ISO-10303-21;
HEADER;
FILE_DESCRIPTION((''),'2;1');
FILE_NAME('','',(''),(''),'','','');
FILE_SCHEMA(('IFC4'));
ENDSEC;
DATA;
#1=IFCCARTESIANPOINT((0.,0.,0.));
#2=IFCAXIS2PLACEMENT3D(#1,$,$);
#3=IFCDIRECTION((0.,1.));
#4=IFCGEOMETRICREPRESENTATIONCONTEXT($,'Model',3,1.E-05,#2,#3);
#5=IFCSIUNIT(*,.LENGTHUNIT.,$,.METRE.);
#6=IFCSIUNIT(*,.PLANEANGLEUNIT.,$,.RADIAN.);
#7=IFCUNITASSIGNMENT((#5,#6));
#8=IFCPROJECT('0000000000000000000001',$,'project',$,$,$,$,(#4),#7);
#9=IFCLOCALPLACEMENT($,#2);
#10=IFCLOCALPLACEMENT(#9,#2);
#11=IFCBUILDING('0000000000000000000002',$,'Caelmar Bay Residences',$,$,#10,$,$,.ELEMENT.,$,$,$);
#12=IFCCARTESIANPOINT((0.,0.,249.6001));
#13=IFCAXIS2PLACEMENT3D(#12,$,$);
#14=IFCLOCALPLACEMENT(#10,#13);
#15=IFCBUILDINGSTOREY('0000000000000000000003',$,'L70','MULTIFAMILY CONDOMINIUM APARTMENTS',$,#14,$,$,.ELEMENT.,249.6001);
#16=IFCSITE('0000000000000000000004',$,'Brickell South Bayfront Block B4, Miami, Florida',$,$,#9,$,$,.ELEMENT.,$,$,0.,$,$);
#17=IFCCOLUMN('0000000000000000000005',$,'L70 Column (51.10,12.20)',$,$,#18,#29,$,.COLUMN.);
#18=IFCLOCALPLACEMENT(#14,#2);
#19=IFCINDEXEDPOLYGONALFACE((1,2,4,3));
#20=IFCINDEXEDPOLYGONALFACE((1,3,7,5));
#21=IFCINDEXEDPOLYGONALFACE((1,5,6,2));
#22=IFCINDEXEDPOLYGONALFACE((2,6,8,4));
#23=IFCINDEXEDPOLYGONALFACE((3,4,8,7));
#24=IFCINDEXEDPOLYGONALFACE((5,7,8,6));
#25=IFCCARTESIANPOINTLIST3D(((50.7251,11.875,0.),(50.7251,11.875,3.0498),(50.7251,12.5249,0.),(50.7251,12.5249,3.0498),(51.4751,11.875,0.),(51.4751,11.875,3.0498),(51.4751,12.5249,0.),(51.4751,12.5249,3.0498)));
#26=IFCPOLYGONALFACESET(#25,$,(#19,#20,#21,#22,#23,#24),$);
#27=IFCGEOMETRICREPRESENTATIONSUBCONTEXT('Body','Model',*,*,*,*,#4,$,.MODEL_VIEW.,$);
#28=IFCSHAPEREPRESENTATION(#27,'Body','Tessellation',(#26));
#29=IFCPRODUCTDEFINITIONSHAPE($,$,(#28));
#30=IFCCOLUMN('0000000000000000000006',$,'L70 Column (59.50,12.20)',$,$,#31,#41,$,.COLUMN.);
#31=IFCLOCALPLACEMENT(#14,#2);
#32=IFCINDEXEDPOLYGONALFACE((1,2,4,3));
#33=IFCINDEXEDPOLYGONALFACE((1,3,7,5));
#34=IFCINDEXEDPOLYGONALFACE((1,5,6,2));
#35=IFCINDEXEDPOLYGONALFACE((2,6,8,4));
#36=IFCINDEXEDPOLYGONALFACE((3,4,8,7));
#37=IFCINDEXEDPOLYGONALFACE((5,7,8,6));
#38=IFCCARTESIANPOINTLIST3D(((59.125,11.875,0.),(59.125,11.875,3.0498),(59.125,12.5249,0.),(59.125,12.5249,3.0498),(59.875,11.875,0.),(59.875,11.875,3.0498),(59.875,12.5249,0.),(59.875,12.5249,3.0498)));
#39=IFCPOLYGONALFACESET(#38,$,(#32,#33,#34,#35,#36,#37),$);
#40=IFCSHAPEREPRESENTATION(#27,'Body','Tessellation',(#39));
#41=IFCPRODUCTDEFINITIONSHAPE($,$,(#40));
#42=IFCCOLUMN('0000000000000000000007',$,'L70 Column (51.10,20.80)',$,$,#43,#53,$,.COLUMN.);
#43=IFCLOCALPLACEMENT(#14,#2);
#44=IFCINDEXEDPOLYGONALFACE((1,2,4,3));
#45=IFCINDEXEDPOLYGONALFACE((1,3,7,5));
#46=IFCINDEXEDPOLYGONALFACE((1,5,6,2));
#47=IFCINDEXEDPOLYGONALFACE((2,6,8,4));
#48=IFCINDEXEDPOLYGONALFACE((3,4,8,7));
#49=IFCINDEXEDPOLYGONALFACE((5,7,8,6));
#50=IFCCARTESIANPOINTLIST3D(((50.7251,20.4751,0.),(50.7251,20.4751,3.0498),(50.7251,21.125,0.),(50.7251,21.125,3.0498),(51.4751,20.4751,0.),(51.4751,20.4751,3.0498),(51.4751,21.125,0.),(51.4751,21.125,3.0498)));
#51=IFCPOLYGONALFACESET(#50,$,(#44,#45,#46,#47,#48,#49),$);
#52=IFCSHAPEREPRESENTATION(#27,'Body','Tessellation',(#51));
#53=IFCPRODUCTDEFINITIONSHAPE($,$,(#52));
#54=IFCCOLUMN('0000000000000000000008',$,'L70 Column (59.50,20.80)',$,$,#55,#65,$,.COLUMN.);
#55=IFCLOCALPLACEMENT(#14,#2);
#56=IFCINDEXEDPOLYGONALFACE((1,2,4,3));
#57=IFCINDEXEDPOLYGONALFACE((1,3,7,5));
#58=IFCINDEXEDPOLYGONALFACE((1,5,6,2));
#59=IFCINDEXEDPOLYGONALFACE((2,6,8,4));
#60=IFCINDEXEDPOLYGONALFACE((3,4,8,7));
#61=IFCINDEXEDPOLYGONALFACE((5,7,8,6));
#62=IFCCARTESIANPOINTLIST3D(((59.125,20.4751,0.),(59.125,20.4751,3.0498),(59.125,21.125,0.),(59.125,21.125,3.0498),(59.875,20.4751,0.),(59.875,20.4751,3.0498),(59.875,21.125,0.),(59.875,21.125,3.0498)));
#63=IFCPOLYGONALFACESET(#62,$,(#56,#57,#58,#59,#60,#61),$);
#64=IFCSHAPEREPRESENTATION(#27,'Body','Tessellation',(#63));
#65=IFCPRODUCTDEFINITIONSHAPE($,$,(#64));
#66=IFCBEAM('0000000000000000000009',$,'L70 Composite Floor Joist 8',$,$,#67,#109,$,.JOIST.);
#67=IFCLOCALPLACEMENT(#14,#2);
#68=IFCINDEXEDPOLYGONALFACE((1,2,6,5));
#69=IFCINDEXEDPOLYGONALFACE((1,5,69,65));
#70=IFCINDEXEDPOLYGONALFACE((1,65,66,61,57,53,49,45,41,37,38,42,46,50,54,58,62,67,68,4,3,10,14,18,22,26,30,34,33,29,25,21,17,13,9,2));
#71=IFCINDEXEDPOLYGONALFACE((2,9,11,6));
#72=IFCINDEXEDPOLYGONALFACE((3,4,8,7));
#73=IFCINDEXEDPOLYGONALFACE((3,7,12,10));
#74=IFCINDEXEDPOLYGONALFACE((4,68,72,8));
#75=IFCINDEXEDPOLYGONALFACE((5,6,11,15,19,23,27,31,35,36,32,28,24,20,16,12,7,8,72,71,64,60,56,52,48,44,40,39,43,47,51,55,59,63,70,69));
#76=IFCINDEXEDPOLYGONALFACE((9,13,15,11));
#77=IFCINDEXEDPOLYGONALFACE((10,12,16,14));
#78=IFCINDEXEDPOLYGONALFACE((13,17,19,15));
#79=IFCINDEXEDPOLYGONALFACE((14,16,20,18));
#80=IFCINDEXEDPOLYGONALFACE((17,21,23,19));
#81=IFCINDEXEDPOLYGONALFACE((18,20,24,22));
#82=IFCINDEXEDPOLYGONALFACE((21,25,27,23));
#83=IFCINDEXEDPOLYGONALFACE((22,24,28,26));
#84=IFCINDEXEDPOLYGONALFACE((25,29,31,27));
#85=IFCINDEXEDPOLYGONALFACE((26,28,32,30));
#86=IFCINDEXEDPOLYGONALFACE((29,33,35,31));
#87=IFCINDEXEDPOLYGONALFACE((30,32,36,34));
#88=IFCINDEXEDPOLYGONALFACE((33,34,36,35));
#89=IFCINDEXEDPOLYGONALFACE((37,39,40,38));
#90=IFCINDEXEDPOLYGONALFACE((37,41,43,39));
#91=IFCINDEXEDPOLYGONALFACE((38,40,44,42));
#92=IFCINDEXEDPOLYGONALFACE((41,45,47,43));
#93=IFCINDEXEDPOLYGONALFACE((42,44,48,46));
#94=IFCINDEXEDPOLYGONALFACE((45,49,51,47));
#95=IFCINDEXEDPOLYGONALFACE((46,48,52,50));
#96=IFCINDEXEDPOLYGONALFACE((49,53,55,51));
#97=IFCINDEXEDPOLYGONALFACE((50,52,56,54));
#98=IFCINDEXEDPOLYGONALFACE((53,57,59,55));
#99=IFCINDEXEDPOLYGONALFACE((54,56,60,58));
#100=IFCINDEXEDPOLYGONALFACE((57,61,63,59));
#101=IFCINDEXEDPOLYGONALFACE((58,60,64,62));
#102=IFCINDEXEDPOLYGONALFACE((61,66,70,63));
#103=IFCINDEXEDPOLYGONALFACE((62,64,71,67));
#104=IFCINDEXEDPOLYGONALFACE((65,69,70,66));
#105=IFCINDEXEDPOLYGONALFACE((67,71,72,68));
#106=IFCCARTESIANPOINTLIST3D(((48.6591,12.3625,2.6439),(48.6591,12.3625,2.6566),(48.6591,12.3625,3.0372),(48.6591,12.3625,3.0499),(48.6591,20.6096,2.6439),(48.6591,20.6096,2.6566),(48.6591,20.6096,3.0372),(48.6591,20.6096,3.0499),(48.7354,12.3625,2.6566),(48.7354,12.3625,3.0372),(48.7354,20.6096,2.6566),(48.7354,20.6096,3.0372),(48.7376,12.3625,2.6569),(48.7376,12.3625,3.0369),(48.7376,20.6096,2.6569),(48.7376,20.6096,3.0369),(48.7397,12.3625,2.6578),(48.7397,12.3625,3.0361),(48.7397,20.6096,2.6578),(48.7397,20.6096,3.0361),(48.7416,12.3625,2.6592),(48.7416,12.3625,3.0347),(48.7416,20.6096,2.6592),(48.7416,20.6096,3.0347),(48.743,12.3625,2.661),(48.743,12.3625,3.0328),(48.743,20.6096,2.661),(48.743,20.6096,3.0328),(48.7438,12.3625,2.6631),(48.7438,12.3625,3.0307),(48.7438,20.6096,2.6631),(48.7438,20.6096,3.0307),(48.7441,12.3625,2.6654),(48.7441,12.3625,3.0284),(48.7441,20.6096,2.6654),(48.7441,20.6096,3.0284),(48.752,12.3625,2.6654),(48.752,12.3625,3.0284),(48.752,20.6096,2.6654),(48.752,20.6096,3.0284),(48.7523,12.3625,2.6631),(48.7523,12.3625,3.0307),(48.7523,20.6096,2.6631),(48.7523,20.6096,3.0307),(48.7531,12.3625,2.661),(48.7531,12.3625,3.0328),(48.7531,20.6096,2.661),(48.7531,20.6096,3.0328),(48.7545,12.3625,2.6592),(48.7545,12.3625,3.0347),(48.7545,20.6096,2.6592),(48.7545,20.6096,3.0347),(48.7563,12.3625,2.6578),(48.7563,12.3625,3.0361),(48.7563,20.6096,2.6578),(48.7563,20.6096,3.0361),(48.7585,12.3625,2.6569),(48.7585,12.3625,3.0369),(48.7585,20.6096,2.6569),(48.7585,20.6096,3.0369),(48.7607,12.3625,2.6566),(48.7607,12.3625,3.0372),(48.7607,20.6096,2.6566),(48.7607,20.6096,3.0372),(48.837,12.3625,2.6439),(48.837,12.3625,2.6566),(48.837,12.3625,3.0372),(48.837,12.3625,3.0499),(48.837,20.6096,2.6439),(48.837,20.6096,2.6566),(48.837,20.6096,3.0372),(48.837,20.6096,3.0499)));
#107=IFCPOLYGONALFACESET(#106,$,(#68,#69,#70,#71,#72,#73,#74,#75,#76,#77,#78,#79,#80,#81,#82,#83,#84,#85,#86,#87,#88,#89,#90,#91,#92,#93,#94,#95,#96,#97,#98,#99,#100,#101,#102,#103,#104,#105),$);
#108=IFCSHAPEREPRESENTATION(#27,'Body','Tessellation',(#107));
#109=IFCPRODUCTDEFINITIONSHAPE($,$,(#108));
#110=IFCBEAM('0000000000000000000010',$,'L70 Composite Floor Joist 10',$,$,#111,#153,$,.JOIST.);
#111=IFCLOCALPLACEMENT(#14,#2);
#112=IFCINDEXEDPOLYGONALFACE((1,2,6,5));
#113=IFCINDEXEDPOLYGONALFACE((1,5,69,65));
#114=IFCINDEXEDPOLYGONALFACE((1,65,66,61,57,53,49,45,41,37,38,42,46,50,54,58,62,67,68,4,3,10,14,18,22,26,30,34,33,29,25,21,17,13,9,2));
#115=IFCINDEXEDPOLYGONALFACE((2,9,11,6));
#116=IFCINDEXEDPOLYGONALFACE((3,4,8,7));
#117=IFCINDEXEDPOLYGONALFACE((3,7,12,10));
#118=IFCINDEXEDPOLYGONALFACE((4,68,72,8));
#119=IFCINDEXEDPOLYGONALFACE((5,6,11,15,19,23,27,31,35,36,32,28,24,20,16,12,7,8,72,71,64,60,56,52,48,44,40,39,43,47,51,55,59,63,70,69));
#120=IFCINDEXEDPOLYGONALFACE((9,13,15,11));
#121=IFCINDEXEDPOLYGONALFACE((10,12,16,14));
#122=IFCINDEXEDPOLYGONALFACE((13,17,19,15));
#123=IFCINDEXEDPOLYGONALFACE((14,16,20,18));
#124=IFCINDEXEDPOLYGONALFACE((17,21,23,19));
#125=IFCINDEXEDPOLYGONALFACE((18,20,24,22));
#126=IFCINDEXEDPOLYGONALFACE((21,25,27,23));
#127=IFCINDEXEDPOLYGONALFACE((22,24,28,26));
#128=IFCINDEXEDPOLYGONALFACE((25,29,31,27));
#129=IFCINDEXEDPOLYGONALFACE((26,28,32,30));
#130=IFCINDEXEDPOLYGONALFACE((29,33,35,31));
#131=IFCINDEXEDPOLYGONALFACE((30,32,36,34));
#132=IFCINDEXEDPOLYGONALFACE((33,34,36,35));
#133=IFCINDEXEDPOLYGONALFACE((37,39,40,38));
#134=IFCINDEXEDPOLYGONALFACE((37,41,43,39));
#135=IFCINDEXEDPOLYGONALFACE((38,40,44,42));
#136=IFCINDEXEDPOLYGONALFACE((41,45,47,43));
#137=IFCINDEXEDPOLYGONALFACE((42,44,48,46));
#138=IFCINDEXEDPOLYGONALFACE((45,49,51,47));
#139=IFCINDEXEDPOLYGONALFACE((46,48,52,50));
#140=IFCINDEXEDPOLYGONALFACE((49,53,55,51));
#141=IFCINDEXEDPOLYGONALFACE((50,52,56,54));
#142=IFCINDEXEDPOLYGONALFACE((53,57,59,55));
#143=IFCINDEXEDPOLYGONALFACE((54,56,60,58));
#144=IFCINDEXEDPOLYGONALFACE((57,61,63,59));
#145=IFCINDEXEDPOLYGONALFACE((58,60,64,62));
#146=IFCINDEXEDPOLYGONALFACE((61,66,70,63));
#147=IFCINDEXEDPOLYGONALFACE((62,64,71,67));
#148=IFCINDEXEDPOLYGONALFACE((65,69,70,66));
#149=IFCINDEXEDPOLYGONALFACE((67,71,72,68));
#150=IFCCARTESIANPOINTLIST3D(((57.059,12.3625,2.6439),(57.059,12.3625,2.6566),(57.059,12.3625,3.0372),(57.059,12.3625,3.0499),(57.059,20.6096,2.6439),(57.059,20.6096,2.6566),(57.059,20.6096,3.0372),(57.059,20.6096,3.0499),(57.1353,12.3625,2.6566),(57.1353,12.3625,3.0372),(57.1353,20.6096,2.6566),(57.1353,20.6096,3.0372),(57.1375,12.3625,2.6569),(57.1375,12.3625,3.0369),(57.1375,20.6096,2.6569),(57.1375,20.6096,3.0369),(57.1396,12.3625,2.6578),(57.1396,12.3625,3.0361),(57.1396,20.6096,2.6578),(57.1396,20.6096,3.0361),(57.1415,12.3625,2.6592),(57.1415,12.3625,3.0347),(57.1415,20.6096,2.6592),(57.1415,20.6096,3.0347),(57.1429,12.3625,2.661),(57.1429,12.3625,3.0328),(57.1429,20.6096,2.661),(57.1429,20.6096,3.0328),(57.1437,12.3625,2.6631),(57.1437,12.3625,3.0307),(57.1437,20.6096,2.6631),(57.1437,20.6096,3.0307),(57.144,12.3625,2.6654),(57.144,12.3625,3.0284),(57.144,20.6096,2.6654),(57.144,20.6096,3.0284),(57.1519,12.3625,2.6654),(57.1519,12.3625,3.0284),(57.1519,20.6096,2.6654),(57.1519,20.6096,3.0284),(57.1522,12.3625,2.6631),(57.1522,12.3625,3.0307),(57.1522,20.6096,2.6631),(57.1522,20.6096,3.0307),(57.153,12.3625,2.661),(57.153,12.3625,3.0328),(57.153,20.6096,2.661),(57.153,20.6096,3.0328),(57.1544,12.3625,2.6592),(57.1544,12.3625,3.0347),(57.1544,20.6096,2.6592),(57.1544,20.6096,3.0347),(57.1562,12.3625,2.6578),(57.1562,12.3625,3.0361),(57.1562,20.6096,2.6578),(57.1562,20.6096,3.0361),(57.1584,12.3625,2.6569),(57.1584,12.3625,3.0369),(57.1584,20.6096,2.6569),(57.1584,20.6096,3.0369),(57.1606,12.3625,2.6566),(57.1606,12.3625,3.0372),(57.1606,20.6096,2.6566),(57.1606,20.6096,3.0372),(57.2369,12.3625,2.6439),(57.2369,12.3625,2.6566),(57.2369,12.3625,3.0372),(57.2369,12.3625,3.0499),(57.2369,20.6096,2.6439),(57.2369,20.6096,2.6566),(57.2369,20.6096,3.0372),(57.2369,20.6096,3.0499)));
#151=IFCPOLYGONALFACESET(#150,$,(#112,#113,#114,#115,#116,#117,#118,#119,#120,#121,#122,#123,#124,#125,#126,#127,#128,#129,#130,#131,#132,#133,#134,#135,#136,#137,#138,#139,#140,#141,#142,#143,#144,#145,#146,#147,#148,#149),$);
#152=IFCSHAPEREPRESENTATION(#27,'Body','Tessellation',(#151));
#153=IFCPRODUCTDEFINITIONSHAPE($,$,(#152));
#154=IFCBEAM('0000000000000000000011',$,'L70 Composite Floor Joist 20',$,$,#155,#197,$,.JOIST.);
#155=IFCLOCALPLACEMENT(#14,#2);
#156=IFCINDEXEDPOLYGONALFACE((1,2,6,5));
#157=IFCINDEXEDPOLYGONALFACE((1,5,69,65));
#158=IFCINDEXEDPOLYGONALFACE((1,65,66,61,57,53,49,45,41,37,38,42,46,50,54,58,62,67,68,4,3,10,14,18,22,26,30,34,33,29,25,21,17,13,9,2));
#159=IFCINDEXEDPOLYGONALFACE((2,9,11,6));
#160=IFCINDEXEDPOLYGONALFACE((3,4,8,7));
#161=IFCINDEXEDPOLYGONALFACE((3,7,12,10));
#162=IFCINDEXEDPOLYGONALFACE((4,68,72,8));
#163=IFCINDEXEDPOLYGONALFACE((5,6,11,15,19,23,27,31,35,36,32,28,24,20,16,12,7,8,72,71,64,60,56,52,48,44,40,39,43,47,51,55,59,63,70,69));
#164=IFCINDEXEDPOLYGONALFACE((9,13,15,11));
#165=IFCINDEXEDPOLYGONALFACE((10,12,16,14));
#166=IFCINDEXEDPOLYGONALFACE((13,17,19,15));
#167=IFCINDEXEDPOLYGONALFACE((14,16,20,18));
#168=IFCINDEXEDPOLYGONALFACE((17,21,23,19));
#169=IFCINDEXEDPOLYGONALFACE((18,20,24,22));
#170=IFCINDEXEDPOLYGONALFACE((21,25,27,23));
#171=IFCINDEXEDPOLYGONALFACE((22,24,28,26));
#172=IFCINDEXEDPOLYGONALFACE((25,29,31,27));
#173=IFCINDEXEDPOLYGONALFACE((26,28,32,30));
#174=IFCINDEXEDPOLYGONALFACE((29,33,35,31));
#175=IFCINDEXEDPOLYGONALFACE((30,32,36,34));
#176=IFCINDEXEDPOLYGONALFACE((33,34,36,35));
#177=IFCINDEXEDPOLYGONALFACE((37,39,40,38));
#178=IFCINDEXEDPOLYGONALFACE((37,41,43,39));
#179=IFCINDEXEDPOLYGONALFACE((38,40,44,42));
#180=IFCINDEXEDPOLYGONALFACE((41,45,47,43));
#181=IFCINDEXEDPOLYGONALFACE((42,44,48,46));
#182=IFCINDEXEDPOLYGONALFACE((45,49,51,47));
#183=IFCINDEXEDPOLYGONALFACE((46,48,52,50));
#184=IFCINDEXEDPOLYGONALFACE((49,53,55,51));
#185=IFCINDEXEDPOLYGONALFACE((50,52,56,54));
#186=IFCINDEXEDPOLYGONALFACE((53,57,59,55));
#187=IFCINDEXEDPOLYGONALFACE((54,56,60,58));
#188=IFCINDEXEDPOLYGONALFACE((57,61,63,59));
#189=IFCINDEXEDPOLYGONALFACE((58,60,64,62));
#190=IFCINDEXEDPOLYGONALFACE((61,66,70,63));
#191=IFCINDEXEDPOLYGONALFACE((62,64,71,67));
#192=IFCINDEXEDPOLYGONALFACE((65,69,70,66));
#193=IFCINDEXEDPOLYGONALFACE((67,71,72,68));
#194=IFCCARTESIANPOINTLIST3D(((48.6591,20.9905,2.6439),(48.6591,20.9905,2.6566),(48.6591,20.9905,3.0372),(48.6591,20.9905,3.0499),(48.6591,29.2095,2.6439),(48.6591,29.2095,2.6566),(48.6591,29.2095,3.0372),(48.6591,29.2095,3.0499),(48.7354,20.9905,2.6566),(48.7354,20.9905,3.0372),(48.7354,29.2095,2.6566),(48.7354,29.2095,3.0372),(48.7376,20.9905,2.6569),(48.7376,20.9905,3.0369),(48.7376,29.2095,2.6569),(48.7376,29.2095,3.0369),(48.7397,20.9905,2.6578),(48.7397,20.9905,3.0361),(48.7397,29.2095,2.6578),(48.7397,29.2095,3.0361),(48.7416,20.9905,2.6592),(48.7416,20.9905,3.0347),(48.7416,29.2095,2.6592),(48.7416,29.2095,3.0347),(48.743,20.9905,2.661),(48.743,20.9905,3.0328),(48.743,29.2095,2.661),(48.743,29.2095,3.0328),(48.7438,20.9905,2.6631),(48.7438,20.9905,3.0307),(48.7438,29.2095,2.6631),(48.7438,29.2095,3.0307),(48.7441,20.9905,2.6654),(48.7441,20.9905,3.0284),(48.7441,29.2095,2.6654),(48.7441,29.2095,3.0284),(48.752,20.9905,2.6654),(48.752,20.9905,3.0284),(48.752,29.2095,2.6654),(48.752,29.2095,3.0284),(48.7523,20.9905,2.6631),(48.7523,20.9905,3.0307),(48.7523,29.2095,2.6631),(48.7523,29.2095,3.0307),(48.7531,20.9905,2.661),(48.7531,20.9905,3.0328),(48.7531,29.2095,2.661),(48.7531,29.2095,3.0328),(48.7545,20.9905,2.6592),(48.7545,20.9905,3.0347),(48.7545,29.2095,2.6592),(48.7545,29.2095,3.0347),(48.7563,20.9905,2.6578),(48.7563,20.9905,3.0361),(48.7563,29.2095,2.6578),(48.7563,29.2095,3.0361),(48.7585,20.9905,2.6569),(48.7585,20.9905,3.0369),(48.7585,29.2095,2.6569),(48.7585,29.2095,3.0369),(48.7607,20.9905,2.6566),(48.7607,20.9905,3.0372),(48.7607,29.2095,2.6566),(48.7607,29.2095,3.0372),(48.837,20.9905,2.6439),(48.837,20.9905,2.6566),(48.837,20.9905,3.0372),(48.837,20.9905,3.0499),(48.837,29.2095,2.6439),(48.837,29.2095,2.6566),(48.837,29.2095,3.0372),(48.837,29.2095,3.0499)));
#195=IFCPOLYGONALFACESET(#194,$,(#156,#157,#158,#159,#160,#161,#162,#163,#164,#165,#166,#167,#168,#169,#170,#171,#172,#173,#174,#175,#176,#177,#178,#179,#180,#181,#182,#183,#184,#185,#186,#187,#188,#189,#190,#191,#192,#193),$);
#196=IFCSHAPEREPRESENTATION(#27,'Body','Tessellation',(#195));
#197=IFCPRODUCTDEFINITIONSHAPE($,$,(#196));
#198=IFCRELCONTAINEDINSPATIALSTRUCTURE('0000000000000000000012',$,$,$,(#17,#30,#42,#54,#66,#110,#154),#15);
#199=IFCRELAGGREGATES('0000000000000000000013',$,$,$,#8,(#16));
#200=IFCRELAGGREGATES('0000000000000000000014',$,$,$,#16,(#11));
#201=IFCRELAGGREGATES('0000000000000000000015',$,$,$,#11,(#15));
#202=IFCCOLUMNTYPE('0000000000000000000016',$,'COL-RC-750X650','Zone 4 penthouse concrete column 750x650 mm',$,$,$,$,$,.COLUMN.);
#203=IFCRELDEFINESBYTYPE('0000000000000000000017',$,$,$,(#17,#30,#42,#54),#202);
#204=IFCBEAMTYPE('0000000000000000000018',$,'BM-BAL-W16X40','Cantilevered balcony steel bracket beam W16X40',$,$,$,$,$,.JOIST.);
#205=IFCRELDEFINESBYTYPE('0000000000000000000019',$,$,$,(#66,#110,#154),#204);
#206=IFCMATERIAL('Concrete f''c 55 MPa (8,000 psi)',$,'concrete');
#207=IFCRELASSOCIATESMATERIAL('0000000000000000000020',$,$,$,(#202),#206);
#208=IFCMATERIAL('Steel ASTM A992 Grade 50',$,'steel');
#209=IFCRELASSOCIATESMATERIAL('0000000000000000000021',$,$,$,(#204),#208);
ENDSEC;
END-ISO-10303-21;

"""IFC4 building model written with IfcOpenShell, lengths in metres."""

from ifc_helpers import new_model, si_unit, direction, frame, origin, origin_2d, place, context, subcontext, project, spatial, rectangle, i_section, extrude, material, material_profile, profile_set, type_object, element, save


model = new_model("IFC4")

# Units and contexts
model_context = context("Model", 3, precision=1e-05, world=origin(), true_north=direction((0.0, 1.0)))
body_context = subcontext(model_context, "Body", "Model", "MODEL_VIEW")
ifc_project = project(units=[si_unit("LENGTHUNIT", "METRE"), si_unit("PLANEANGLEUNIT", "RADIAN")], contexts=[model_context])

# Site, building, storey
site_placement = place(None, origin())
site = spatial("IfcSite", under=ifc_project, at=site_placement, Name="Brickell South Bayfront Block B4, Miami, Florida", CompositionType="ELEMENT", RefElevation=0.0)
building_placement = place(site_placement, origin())
building = spatial("IfcBuilding", under=site, at=building_placement, Name="Caelmar Bay Residences", CompositionType="ELEMENT")
storey_placement = place(building_placement, frame((0.0, 0.0, 249.6001)))
storey = spatial("IfcBuildingStorey", under=building, at=storey_placement, Name="L70", Description="MULTIFAMILY CONDOMINIUM APARTMENTS", CompositionType="ELEMENT", Elevation=249.6001)

# Columns
ifc_material_1 = material(Name="Concrete f'c 55 MPa (8,000 psi)", Category="concrete")
ifc_material_profile_1 = material_profile(ifc_material_1, rectangle(XDim=0.75, YDim=0.6499, at=origin_2d()), Name="RC-COL-750X650")
ifc_profile_set_1 = profile_set([ifc_material_profile_1], Name="Concrete f'c 55 MPa (8,000 psi)")
column_type = type_object("IfcColumnType", Name="COL-RC-750X650", Description="Zone 4 penthouse concrete column 750x650 mm", PredefinedType="COLUMN", material=ifc_profile_set_1)
for number, where, z_axis, x_axis, name in (
    (1, (51.1001, 12.2, 0.0), (0.0, 0.0, 1.0), (1.0, 0.0, 0.0), "L70 Column (51.10,12.20)"),
    (2, (59.5, 12.2, 0.0), (0.0, 0.0, 1.0), (1.0, 0.0, 0.0), "L70 Column (59.50,12.20)"),
    (3, (51.1001, 20.8, 0.0), (0.0, 0.0, 1.0), (1.0, 0.0, 0.0), "L70 Column (51.10,20.80)"),
    (4, (59.5, 20.8, 0.0), (0.0, 0.0, 1.0), (1.0, 0.0, 0.0), "L70 Column (59.50,20.80)"),
):
    element("IfcColumn", number, at=place(storey_placement, frame(where, z_axis=z_axis, x_axis=x_axis)), inside=storey, type_object=column_type, Name=name, PredefinedType="COLUMN", context=body_context, shape_type="SweptSolid", body=[
        extrude(rectangle(XDim=0.75, YDim=0.6499, at=origin_2d()), origin(), (0.0, 0.0, 1.0), 3.0498),
    ])

# Beams
ifc_material_2 = material(Name="Steel ASTM A992 Grade 50", Category="steel")
ifc_material_profile_2 = material_profile(ifc_material_2, i_section(OverallWidth=0.178, OverallDepth=0.406, WebThickness=0.0078, FlangeThickness=0.0127, FilletRadius=0.0088, at=origin_2d()), Name="W16X40")
ifc_profile_set_2 = profile_set([ifc_material_profile_2], Name="Steel ASTM A992 Grade 50")
beam_type_1 = type_object("IfcBeamType", Name="BM-BAL-W16X40", Description="Cantilevered balcony steel bracket beam W16X40", PredefinedType="JOIST", material=ifc_profile_set_2)
for number, where, z_axis, x_axis, name in (
    (5, (48.748, 12.3625, 2.8469), (0.0, 1.0, 0.0), (-1.0, 0.0, 0.0), "L70 Composite Floor Joist 8"),
    (6, (57.1479, 12.3625, 2.8469), (0.0, 1.0, 0.0), (-1.0, 0.0, 0.0), "L70 Composite Floor Joist 10"),
):
    element("IfcBeam", number, at=place(storey_placement, frame(where, z_axis=z_axis, x_axis=x_axis)), inside=storey, type_object=beam_type_1, Name=name, PredefinedType="JOIST", context=body_context, shape_type="SweptSolid", body=[
        extrude(i_section(OverallWidth=0.178, OverallDepth=0.406, WebThickness=0.0078, FlangeThickness=0.0127, FilletRadius=0.0088, at=origin_2d()), origin(), (0.0, 0.0, 1.0), 8.2471),
    ])
for number, where, z_axis, x_axis, name in (
    (7, (48.748, 20.9905, 2.8469), (0.0, 1.0, 0.0), (-1.0, 0.0, 0.0), "L70 Composite Floor Joist 20"),
):
    element("IfcBeam", number, at=place(storey_placement, frame(where, z_axis=z_axis, x_axis=x_axis)), inside=storey, type_object=beam_type_1, Name=name, PredefinedType="JOIST", context=body_context, shape_type="SweptSolid", body=[
        extrude(i_section(OverallWidth=0.178, OverallDepth=0.406, WebThickness=0.0078, FlangeThickness=0.0127, FilletRadius=0.0088, at=origin_2d()), origin(), (0.0, 0.0, 1.0), 8.219),
    ])

save(model, "model.ifc")
